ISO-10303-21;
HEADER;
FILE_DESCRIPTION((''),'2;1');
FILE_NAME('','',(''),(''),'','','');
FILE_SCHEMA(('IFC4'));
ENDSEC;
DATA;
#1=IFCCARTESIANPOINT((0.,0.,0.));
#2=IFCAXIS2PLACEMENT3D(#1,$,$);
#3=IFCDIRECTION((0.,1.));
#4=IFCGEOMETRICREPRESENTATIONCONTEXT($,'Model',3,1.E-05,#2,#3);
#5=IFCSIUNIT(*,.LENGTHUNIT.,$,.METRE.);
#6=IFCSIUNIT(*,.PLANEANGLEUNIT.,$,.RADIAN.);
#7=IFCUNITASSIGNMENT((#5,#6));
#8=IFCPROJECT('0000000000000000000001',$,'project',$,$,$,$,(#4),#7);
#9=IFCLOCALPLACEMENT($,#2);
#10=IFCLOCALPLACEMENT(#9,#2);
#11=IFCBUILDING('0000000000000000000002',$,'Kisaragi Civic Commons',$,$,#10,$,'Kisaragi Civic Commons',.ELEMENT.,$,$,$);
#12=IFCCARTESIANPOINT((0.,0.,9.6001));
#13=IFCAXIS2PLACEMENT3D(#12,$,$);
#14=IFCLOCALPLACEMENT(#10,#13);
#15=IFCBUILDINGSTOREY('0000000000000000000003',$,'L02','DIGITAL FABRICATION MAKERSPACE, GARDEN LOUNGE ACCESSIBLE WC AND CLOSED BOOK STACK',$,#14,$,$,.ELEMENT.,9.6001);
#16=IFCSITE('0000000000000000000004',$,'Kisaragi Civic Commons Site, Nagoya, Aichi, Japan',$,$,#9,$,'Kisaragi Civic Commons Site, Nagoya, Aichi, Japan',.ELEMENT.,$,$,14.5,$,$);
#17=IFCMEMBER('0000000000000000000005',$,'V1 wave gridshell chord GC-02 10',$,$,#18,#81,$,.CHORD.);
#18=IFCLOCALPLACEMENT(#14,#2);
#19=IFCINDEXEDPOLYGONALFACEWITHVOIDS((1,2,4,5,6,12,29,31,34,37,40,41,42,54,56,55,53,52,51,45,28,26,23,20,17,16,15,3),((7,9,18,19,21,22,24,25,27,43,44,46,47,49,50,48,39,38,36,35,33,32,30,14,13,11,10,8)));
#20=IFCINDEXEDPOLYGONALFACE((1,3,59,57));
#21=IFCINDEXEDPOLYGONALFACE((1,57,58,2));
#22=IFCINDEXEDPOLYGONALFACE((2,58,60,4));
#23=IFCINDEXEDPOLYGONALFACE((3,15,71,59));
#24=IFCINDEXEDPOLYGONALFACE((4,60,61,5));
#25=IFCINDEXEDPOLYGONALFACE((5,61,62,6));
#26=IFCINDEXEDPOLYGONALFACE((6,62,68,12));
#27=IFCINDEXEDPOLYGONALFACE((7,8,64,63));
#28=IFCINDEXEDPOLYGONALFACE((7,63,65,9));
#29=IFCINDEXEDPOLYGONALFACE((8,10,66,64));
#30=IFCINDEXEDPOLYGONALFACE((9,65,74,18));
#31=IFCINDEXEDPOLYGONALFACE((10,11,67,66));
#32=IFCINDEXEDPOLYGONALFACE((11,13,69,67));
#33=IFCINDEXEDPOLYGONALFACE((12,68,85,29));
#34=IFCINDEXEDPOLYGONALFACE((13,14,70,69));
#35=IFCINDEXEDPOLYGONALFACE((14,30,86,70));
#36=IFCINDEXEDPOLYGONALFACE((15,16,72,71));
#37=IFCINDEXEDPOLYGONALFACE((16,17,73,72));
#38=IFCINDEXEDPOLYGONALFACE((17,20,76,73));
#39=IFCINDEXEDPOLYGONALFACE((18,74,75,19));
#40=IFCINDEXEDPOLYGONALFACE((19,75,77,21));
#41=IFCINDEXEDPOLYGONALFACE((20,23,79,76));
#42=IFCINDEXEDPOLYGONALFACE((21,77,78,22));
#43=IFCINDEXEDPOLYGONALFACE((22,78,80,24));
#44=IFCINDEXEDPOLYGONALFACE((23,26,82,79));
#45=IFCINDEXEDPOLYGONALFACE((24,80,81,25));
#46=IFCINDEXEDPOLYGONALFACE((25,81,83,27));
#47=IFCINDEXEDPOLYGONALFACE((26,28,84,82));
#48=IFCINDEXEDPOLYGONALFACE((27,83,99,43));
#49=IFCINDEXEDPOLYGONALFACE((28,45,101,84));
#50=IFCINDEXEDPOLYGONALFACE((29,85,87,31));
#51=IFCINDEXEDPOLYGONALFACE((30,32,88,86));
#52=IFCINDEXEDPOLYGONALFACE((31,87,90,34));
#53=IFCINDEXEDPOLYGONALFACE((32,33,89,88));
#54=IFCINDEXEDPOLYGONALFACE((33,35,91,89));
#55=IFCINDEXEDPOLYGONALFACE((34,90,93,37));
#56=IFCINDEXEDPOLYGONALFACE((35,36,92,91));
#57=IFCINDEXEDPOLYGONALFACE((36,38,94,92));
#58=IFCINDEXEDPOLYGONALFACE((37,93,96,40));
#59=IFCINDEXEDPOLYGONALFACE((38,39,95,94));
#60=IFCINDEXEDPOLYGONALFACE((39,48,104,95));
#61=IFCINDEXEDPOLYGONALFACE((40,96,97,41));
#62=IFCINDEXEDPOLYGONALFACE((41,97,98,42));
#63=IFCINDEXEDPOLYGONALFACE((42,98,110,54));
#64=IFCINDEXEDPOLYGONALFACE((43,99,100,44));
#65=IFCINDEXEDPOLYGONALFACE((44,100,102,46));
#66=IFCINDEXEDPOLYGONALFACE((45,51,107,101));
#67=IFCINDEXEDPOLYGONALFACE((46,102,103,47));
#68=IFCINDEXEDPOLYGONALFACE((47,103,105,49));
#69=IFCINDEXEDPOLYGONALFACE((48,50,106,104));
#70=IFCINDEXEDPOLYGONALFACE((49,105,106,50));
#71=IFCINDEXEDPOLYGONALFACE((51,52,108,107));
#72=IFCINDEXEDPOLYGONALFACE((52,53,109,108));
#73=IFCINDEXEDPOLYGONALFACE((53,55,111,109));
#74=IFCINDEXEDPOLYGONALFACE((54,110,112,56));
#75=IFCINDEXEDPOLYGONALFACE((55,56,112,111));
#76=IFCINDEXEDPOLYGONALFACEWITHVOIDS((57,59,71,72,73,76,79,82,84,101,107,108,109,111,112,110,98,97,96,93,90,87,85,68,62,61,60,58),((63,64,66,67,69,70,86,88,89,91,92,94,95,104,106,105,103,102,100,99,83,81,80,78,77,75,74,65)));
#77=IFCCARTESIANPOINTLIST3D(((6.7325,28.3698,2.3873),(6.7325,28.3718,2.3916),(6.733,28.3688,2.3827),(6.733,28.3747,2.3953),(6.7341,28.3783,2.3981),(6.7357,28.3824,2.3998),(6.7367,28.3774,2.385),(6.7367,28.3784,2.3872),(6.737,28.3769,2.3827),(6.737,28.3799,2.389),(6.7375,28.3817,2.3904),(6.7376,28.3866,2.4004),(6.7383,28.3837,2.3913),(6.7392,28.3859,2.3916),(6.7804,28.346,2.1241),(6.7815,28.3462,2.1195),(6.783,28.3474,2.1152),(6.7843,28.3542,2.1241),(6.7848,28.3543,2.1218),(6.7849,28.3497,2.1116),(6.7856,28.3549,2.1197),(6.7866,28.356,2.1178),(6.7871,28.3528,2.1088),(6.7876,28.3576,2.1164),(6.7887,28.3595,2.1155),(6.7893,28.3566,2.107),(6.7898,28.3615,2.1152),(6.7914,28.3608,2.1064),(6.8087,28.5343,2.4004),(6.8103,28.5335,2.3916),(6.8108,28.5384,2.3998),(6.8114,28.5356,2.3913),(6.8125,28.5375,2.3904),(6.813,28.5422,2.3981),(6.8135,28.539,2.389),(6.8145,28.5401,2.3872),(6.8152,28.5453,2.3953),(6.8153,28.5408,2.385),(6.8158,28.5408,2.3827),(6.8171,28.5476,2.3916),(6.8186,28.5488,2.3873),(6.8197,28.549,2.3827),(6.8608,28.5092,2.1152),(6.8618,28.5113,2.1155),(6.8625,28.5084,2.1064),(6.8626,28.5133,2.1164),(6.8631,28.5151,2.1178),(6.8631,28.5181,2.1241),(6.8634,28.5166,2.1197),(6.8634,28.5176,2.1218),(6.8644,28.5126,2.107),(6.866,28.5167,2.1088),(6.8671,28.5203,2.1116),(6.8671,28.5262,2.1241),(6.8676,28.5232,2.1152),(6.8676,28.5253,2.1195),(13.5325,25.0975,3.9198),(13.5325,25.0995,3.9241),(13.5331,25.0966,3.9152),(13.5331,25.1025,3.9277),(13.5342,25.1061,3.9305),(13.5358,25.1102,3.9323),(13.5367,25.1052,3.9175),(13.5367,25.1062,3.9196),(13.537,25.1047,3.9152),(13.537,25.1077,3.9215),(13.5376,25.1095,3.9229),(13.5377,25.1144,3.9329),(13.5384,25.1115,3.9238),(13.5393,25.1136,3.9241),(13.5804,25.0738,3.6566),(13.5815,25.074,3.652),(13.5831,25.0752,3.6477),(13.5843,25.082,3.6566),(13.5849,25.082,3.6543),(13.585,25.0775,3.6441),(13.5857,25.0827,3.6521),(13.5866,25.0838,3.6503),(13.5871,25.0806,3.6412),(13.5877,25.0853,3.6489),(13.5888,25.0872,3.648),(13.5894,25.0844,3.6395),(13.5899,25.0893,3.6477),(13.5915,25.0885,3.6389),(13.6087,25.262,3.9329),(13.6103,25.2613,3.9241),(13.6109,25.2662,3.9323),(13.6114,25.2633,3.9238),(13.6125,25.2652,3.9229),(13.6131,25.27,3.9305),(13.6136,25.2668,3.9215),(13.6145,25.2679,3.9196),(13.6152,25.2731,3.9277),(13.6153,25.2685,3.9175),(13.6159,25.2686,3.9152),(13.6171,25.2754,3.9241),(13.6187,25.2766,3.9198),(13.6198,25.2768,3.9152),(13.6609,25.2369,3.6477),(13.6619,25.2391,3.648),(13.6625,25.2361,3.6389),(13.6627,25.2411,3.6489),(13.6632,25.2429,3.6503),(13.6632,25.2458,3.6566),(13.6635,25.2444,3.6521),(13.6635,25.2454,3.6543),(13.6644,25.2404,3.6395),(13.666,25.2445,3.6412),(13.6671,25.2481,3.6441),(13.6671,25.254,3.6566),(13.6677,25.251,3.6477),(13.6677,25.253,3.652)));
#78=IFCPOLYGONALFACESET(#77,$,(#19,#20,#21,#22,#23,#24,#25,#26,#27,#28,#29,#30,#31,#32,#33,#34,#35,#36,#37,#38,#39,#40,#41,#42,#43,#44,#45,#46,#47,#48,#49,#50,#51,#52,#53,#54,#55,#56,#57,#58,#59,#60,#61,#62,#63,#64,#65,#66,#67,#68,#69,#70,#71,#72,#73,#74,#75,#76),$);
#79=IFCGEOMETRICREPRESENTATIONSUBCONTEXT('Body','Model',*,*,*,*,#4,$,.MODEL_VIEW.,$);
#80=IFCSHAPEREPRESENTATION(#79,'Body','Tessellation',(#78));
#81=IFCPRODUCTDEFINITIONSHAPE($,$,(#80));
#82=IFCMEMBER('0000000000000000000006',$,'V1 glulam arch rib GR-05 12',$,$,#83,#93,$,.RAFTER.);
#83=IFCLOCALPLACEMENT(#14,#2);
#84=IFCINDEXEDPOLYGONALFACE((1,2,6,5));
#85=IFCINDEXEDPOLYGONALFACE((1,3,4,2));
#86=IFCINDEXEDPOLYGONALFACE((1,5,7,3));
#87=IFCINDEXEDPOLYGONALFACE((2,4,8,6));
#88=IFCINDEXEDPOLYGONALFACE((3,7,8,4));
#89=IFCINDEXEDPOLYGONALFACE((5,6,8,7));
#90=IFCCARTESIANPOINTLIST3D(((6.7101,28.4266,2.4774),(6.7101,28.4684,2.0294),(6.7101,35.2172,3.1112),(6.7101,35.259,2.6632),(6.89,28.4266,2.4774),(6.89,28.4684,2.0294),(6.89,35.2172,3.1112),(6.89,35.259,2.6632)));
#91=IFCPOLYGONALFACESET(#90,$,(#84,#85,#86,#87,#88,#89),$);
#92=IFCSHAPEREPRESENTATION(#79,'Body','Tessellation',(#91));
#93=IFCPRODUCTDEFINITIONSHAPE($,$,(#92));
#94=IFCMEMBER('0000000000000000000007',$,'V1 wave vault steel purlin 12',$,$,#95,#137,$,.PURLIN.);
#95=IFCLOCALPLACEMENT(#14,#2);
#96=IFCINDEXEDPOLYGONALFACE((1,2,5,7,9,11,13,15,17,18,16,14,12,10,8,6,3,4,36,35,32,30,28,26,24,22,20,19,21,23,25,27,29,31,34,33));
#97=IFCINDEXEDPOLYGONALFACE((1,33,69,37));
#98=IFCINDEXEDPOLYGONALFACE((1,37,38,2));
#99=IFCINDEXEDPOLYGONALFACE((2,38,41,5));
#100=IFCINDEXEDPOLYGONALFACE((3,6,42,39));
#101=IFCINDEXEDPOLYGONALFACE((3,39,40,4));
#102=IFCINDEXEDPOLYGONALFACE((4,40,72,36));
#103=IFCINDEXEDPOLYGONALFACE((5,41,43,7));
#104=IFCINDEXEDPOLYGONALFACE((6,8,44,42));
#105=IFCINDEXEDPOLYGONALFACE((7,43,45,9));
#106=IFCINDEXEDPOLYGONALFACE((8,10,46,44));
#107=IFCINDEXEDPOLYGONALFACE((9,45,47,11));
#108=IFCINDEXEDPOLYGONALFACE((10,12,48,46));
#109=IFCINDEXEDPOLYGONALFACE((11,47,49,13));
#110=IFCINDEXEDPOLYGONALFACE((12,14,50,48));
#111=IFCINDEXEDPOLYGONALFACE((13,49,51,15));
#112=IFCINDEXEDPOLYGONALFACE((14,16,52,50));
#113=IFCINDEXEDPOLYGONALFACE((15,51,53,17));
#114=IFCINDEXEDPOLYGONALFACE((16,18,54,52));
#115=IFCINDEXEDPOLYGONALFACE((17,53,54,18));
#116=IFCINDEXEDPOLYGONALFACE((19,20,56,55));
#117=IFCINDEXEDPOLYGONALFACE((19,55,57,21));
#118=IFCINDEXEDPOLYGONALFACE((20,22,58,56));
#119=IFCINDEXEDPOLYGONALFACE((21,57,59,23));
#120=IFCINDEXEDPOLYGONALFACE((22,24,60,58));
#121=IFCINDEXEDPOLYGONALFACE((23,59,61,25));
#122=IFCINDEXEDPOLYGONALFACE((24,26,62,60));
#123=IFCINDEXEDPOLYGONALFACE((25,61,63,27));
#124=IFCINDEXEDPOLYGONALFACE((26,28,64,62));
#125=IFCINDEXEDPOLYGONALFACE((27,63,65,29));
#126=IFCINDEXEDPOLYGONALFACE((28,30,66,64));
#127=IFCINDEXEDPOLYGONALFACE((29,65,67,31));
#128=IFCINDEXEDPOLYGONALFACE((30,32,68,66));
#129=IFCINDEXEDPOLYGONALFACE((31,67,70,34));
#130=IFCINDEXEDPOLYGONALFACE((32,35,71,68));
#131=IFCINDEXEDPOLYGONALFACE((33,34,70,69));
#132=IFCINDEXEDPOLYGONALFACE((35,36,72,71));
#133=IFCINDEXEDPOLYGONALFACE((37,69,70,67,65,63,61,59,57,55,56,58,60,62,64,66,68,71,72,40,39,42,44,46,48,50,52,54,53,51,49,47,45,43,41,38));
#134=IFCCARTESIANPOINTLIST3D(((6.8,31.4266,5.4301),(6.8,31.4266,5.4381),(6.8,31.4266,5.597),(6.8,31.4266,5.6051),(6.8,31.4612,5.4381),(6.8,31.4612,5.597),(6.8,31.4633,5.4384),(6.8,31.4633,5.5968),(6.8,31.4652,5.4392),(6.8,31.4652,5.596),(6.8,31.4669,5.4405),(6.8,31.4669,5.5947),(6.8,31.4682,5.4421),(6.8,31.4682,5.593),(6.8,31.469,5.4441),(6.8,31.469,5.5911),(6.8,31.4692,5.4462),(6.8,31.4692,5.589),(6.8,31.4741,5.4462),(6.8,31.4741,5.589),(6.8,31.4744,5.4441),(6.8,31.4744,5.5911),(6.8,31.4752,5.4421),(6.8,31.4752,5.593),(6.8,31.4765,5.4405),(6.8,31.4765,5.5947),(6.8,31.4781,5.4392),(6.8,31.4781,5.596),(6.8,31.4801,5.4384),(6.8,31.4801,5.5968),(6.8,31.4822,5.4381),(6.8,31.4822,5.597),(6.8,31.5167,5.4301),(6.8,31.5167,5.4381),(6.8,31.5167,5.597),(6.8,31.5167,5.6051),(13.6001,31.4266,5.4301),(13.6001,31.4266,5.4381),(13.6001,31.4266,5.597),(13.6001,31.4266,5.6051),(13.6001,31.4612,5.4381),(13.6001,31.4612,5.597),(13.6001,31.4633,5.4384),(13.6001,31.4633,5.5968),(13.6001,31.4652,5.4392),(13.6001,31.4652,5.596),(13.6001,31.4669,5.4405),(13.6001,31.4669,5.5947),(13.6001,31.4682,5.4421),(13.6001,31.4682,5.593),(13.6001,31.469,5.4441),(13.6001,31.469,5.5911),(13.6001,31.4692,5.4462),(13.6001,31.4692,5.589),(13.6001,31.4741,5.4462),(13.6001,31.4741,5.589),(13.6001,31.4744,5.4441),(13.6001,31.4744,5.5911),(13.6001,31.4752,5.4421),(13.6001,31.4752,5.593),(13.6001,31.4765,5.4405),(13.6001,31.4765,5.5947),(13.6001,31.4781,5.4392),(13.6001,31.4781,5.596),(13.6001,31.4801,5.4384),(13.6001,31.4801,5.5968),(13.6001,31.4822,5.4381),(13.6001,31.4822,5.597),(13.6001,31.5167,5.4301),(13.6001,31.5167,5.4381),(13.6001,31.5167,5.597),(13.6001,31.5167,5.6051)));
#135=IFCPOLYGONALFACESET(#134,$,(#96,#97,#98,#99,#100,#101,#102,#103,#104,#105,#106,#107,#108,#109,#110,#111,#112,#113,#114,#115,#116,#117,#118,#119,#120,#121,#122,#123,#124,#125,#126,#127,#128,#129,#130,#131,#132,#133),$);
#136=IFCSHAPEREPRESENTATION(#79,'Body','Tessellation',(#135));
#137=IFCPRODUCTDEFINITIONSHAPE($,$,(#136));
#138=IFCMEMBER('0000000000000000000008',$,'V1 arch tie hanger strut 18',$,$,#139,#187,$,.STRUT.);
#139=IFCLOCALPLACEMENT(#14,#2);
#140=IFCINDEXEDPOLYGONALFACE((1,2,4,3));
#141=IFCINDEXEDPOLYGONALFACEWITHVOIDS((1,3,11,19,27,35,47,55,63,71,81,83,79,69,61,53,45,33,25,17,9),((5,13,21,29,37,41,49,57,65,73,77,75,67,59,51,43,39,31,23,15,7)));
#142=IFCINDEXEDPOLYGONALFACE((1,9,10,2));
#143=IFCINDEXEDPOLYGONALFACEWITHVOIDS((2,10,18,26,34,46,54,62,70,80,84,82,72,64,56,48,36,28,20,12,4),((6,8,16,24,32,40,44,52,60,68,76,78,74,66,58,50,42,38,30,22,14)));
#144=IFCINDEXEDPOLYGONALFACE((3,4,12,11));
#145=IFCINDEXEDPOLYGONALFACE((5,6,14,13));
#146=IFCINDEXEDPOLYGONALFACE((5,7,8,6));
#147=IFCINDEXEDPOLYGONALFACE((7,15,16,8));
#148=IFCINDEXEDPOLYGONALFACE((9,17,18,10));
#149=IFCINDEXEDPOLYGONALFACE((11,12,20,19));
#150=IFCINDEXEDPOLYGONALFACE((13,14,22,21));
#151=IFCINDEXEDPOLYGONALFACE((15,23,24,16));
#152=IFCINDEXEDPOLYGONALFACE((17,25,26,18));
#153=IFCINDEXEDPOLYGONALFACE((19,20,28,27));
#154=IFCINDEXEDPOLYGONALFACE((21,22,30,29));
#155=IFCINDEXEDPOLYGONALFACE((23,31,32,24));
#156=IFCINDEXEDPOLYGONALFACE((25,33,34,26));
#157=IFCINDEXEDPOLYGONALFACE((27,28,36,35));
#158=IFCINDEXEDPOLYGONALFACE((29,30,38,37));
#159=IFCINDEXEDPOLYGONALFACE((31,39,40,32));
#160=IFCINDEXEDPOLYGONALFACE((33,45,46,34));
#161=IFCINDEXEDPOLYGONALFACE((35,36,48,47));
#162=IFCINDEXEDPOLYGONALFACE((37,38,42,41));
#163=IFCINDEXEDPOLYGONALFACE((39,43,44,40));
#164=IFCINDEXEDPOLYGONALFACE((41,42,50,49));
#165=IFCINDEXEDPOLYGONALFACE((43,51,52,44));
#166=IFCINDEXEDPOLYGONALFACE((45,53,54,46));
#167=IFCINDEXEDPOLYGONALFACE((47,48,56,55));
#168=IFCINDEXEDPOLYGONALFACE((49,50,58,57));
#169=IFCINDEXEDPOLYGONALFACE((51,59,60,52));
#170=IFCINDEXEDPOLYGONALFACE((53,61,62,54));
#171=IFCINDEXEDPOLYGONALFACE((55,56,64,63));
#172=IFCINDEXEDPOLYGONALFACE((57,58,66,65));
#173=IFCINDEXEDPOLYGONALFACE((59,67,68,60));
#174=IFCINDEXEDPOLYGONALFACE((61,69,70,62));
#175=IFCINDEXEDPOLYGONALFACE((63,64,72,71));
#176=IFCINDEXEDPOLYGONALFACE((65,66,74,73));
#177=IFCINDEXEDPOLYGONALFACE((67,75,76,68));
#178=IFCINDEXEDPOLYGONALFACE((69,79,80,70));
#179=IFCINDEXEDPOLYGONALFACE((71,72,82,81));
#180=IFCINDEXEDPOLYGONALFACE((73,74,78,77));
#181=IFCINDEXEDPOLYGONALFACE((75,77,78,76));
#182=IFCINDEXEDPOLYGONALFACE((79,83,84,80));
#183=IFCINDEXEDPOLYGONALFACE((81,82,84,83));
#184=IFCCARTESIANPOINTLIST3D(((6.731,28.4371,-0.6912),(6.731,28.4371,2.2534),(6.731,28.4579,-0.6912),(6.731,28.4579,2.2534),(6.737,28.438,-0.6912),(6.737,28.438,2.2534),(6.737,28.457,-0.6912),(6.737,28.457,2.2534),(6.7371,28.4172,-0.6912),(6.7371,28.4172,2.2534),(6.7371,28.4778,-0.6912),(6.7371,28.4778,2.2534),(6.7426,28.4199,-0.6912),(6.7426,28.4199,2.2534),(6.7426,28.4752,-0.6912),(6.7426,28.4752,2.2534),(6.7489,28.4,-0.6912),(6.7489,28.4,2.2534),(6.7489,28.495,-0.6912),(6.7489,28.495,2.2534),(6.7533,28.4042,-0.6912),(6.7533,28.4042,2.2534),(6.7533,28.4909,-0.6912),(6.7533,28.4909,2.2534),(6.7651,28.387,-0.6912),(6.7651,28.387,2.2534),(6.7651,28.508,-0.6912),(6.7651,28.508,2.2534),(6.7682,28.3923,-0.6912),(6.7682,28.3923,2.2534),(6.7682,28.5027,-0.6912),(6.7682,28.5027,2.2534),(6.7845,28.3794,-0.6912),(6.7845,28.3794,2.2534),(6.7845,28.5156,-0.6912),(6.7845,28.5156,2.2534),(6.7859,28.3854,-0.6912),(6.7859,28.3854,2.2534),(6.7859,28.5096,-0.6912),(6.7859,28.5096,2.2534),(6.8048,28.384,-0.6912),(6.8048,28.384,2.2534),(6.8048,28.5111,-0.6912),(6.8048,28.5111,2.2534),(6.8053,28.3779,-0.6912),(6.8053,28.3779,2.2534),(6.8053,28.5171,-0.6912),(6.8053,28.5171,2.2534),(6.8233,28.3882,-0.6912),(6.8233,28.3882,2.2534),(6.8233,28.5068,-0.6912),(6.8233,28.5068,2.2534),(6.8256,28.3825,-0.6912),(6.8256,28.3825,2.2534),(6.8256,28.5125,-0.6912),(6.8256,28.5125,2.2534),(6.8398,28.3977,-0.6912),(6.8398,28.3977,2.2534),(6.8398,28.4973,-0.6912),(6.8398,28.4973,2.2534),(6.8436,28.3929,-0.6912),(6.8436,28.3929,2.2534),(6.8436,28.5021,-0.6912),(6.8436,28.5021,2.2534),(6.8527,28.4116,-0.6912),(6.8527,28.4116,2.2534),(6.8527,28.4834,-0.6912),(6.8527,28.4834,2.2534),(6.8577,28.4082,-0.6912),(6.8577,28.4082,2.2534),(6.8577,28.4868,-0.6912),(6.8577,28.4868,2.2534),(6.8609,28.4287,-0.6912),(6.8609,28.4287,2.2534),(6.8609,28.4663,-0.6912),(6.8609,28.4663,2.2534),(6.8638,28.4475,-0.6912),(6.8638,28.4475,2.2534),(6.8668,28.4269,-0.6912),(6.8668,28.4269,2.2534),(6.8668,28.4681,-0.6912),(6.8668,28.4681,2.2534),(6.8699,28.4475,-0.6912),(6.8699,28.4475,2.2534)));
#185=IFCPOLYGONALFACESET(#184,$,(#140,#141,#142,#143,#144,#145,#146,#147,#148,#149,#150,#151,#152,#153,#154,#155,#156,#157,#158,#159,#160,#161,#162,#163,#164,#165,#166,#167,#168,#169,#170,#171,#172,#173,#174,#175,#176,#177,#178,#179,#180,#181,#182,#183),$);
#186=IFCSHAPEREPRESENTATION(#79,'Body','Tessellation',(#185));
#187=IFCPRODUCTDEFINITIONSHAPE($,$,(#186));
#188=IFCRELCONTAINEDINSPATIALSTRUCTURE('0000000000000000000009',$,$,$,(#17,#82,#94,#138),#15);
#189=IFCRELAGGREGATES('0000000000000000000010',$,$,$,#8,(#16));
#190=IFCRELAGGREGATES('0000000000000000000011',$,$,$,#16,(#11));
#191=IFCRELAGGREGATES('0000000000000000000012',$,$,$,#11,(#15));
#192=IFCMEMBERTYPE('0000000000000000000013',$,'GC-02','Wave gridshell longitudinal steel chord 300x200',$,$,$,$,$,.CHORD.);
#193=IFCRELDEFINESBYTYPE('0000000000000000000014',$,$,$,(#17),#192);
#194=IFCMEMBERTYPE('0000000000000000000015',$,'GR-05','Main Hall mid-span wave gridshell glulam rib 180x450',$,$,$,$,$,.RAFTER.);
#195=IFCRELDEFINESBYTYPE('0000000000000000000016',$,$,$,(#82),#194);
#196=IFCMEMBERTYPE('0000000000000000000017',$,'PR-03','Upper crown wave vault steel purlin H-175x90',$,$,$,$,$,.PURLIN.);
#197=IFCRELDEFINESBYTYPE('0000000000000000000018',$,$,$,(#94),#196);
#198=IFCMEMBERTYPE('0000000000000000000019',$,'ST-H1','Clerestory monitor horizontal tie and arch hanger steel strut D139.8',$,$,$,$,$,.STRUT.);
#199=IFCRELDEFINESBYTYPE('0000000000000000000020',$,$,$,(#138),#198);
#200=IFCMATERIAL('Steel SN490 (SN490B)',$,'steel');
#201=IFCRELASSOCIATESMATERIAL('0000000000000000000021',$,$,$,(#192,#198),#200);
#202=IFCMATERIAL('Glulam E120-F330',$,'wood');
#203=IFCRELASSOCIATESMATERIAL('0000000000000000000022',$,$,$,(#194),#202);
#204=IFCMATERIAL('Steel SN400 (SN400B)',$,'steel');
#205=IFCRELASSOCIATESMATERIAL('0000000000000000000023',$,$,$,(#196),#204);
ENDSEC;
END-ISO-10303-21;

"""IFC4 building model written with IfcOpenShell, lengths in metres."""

from ifc_helpers import new_model, si_unit, direction, frame, origin, origin_2d, place, context, subcontext, project, spatial, rectangle, hollow_rectangle, hollow_circle, i_section, extrude, material, material_profile, profile_set, type_object, element, save


model = new_model("IFC4")

# Units and contexts
model_context = context("Model", 3, precision=1e-05, world=origin(), true_north=direction((0.0, 1.0)))
body_context = subcontext(model_context, "Body", "Model", "MODEL_VIEW")
ifc_project = project(units=[si_unit("LENGTHUNIT", "METRE"), si_unit("PLANEANGLEUNIT", "RADIAN")], contexts=[model_context])

# Site, building, storey
site_placement = place(None, origin())
site = spatial("IfcSite", under=ifc_project, at=site_placement, Name="Kisaragi Civic Commons Site, Nagoya, Aichi, Japan", LongName="Kisaragi Civic Commons Site, Nagoya, Aichi, Japan", CompositionType="ELEMENT", RefElevation=14.5)
building_placement = place(site_placement, origin())
building = spatial("IfcBuilding", under=site, at=building_placement, Name="Kisaragi Civic Commons", LongName="Kisaragi Civic Commons", CompositionType="ELEMENT")
storey_placement = place(building_placement, frame((0.0, 0.0, 9.6001)))
storey = spatial("IfcBuildingStorey", under=building, at=storey_placement, Name="L02", Description="DIGITAL FABRICATION MAKERSPACE, GARDEN LOUNGE ACCESSIBLE WC AND CLOSED BOOK STACK", CompositionType="ELEMENT", Elevation=9.6001)

# Shared definitions
ifc_material_1 = material(Name="Steel SN400 (SN400B)", Category="steel")

# Members
ifc_material_2 = material(Name="Steel SN490 (SN490B)", Category="steel")
ifc_material_profile_1 = material_profile(ifc_material_2, hollow_rectangle(XDim=0.2, YDim=0.3, WallThickness=0.009, InnerFilletRadius=0.009, OuterFilletRadius=0.0181, at=origin_2d()), Name="STKR-300x200x9", Category="steel")
ifc_profile_set_1 = profile_set([ifc_material_profile_1], Name="Steel SN490 (SN490B)")
member_type_1 = type_object("IfcMemberType", Name="GC-02", Description="Wave gridshell longitudinal steel chord 300x200", PredefinedType="CHORD", material=ifc_profile_set_1)
member_1_placement = place(storey_placement, frame((6.8, 28.4475, 2.2534), z_axis=(0.883075, -0.42494, 0.199011), x_axis=(0.433613, 0.901099, 0.0)))
element("IfcMember", 1, at=member_1_placement, inside=storey, type_object=member_type_1, Name="V1 wave gridshell chord GC-02 10", PredefinedType="CHORD", context=body_context, shape_type="SweptSolid", body=[
    extrude(hollow_rectangle(XDim=0.2, YDim=0.3, WallThickness=0.009, InnerFilletRadius=0.009, OuterFilletRadius=0.0181, at=origin_2d()), origin(), (0.0, 0.0, 1.0), 7.7004),
])
ifc_material_3 = material(Name="Glulam E120-F330", Category="wood")
ifc_material_profile_2 = material_profile(ifc_material_3, rectangle(XDim=0.1799, YDim=0.45, at=origin_2d()), Name="GL-180x450", Category="wood")
ifc_profile_set_2 = profile_set([ifc_material_profile_2], Name="Glulam E120-F330")
member_type_2 = type_object("IfcMemberType", Name="GR-05", Description="Main Hall mid-span wave gridshell glulam rib 180x450", PredefinedType="RAFTER", material=ifc_profile_set_2)
member_2_placement = place(storey_placement, frame((6.8, 28.4475, 2.2534), z_axis=(0.0, 0.995673, 0.09293), x_axis=(-1.0, 0.0, 0.0)))
element("IfcMember", 2, at=member_2_placement, inside=storey, type_object=member_type_2, Name="V1 glulam arch rib GR-05 12", PredefinedType="RAFTER", context=body_context, shape_type="SweptSolid", body=[
    extrude(rectangle(XDim=0.1799, YDim=0.45, at=origin_2d()), origin(), (0.0, 0.0, 1.0), 6.8201),
])
ifc_material_profile_3 = material_profile(ifc_material_1, i_section(OverallWidth=0.0901, OverallDepth=0.175, WebThickness=0.0049, FlangeThickness=0.0081, FilletRadius=0.0081, at=origin_2d()), Name="H-175x90x5x8", Category="steel")
ifc_profile_set_3 = profile_set([ifc_material_profile_3], Name="Steel SN400 (SN400B)")
member_type_3 = type_object("IfcMemberType", Name="PR-03", Description="Upper crown wave vault steel purlin H-175x90", PredefinedType="PURLIN", material=ifc_profile_set_3)
member_3_placement = place(storey_placement, frame((6.8, 31.4717, 5.5176), z_axis=(1.0, 0.0, 0.0), x_axis=(0.0, 1.0, 0.0)))
element("IfcMember", 3, at=member_3_placement, inside=storey, type_object=member_type_3, Name="V1 wave vault steel purlin 12", PredefinedType="PURLIN", context=body_context, shape_type="SweptSolid", body=[
    extrude(i_section(OverallWidth=0.0901, OverallDepth=0.175, WebThickness=0.0049, FlangeThickness=0.0081, FilletRadius=0.0081, at=origin_2d()), origin(), (0.0, 0.0, 1.0), 6.8),
])
ifc_material_profile_4 = material_profile(ifc_material_2, hollow_circle(Radius=0.0698, WallThickness=0.0061, at=origin_2d()), Name="CHS-139.8x6.0", Category="steel")
ifc_profile_set_4 = profile_set([ifc_material_profile_4], Name="Steel SN490 (SN490B)")
member_type_4 = type_object("IfcMemberType", Name="ST-H1", Description="Clerestory monitor horizontal tie and arch hanger steel strut D139.8", PredefinedType="STRUT", material=ifc_profile_set_4)
member_4_placement = place(storey_placement, frame((6.8, 28.4475, -0.6912), z_axis=(0.0, 0.0, 1.0), x_axis=(1.0, 0.0, 0.0)))
element("IfcMember", 4, at=member_4_placement, inside=storey, type_object=member_type_4, Name="V1 arch tie hanger strut 18", PredefinedType="STRUT", context=body_context, shape_type="SweptSolid", body=[
    extrude(hollow_circle(Radius=0.0698, WallThickness=0.0061, at=origin_2d()), origin(), (0.0, 0.0, 1.0), 2.9446),
])

save(model, "model.ifc")
